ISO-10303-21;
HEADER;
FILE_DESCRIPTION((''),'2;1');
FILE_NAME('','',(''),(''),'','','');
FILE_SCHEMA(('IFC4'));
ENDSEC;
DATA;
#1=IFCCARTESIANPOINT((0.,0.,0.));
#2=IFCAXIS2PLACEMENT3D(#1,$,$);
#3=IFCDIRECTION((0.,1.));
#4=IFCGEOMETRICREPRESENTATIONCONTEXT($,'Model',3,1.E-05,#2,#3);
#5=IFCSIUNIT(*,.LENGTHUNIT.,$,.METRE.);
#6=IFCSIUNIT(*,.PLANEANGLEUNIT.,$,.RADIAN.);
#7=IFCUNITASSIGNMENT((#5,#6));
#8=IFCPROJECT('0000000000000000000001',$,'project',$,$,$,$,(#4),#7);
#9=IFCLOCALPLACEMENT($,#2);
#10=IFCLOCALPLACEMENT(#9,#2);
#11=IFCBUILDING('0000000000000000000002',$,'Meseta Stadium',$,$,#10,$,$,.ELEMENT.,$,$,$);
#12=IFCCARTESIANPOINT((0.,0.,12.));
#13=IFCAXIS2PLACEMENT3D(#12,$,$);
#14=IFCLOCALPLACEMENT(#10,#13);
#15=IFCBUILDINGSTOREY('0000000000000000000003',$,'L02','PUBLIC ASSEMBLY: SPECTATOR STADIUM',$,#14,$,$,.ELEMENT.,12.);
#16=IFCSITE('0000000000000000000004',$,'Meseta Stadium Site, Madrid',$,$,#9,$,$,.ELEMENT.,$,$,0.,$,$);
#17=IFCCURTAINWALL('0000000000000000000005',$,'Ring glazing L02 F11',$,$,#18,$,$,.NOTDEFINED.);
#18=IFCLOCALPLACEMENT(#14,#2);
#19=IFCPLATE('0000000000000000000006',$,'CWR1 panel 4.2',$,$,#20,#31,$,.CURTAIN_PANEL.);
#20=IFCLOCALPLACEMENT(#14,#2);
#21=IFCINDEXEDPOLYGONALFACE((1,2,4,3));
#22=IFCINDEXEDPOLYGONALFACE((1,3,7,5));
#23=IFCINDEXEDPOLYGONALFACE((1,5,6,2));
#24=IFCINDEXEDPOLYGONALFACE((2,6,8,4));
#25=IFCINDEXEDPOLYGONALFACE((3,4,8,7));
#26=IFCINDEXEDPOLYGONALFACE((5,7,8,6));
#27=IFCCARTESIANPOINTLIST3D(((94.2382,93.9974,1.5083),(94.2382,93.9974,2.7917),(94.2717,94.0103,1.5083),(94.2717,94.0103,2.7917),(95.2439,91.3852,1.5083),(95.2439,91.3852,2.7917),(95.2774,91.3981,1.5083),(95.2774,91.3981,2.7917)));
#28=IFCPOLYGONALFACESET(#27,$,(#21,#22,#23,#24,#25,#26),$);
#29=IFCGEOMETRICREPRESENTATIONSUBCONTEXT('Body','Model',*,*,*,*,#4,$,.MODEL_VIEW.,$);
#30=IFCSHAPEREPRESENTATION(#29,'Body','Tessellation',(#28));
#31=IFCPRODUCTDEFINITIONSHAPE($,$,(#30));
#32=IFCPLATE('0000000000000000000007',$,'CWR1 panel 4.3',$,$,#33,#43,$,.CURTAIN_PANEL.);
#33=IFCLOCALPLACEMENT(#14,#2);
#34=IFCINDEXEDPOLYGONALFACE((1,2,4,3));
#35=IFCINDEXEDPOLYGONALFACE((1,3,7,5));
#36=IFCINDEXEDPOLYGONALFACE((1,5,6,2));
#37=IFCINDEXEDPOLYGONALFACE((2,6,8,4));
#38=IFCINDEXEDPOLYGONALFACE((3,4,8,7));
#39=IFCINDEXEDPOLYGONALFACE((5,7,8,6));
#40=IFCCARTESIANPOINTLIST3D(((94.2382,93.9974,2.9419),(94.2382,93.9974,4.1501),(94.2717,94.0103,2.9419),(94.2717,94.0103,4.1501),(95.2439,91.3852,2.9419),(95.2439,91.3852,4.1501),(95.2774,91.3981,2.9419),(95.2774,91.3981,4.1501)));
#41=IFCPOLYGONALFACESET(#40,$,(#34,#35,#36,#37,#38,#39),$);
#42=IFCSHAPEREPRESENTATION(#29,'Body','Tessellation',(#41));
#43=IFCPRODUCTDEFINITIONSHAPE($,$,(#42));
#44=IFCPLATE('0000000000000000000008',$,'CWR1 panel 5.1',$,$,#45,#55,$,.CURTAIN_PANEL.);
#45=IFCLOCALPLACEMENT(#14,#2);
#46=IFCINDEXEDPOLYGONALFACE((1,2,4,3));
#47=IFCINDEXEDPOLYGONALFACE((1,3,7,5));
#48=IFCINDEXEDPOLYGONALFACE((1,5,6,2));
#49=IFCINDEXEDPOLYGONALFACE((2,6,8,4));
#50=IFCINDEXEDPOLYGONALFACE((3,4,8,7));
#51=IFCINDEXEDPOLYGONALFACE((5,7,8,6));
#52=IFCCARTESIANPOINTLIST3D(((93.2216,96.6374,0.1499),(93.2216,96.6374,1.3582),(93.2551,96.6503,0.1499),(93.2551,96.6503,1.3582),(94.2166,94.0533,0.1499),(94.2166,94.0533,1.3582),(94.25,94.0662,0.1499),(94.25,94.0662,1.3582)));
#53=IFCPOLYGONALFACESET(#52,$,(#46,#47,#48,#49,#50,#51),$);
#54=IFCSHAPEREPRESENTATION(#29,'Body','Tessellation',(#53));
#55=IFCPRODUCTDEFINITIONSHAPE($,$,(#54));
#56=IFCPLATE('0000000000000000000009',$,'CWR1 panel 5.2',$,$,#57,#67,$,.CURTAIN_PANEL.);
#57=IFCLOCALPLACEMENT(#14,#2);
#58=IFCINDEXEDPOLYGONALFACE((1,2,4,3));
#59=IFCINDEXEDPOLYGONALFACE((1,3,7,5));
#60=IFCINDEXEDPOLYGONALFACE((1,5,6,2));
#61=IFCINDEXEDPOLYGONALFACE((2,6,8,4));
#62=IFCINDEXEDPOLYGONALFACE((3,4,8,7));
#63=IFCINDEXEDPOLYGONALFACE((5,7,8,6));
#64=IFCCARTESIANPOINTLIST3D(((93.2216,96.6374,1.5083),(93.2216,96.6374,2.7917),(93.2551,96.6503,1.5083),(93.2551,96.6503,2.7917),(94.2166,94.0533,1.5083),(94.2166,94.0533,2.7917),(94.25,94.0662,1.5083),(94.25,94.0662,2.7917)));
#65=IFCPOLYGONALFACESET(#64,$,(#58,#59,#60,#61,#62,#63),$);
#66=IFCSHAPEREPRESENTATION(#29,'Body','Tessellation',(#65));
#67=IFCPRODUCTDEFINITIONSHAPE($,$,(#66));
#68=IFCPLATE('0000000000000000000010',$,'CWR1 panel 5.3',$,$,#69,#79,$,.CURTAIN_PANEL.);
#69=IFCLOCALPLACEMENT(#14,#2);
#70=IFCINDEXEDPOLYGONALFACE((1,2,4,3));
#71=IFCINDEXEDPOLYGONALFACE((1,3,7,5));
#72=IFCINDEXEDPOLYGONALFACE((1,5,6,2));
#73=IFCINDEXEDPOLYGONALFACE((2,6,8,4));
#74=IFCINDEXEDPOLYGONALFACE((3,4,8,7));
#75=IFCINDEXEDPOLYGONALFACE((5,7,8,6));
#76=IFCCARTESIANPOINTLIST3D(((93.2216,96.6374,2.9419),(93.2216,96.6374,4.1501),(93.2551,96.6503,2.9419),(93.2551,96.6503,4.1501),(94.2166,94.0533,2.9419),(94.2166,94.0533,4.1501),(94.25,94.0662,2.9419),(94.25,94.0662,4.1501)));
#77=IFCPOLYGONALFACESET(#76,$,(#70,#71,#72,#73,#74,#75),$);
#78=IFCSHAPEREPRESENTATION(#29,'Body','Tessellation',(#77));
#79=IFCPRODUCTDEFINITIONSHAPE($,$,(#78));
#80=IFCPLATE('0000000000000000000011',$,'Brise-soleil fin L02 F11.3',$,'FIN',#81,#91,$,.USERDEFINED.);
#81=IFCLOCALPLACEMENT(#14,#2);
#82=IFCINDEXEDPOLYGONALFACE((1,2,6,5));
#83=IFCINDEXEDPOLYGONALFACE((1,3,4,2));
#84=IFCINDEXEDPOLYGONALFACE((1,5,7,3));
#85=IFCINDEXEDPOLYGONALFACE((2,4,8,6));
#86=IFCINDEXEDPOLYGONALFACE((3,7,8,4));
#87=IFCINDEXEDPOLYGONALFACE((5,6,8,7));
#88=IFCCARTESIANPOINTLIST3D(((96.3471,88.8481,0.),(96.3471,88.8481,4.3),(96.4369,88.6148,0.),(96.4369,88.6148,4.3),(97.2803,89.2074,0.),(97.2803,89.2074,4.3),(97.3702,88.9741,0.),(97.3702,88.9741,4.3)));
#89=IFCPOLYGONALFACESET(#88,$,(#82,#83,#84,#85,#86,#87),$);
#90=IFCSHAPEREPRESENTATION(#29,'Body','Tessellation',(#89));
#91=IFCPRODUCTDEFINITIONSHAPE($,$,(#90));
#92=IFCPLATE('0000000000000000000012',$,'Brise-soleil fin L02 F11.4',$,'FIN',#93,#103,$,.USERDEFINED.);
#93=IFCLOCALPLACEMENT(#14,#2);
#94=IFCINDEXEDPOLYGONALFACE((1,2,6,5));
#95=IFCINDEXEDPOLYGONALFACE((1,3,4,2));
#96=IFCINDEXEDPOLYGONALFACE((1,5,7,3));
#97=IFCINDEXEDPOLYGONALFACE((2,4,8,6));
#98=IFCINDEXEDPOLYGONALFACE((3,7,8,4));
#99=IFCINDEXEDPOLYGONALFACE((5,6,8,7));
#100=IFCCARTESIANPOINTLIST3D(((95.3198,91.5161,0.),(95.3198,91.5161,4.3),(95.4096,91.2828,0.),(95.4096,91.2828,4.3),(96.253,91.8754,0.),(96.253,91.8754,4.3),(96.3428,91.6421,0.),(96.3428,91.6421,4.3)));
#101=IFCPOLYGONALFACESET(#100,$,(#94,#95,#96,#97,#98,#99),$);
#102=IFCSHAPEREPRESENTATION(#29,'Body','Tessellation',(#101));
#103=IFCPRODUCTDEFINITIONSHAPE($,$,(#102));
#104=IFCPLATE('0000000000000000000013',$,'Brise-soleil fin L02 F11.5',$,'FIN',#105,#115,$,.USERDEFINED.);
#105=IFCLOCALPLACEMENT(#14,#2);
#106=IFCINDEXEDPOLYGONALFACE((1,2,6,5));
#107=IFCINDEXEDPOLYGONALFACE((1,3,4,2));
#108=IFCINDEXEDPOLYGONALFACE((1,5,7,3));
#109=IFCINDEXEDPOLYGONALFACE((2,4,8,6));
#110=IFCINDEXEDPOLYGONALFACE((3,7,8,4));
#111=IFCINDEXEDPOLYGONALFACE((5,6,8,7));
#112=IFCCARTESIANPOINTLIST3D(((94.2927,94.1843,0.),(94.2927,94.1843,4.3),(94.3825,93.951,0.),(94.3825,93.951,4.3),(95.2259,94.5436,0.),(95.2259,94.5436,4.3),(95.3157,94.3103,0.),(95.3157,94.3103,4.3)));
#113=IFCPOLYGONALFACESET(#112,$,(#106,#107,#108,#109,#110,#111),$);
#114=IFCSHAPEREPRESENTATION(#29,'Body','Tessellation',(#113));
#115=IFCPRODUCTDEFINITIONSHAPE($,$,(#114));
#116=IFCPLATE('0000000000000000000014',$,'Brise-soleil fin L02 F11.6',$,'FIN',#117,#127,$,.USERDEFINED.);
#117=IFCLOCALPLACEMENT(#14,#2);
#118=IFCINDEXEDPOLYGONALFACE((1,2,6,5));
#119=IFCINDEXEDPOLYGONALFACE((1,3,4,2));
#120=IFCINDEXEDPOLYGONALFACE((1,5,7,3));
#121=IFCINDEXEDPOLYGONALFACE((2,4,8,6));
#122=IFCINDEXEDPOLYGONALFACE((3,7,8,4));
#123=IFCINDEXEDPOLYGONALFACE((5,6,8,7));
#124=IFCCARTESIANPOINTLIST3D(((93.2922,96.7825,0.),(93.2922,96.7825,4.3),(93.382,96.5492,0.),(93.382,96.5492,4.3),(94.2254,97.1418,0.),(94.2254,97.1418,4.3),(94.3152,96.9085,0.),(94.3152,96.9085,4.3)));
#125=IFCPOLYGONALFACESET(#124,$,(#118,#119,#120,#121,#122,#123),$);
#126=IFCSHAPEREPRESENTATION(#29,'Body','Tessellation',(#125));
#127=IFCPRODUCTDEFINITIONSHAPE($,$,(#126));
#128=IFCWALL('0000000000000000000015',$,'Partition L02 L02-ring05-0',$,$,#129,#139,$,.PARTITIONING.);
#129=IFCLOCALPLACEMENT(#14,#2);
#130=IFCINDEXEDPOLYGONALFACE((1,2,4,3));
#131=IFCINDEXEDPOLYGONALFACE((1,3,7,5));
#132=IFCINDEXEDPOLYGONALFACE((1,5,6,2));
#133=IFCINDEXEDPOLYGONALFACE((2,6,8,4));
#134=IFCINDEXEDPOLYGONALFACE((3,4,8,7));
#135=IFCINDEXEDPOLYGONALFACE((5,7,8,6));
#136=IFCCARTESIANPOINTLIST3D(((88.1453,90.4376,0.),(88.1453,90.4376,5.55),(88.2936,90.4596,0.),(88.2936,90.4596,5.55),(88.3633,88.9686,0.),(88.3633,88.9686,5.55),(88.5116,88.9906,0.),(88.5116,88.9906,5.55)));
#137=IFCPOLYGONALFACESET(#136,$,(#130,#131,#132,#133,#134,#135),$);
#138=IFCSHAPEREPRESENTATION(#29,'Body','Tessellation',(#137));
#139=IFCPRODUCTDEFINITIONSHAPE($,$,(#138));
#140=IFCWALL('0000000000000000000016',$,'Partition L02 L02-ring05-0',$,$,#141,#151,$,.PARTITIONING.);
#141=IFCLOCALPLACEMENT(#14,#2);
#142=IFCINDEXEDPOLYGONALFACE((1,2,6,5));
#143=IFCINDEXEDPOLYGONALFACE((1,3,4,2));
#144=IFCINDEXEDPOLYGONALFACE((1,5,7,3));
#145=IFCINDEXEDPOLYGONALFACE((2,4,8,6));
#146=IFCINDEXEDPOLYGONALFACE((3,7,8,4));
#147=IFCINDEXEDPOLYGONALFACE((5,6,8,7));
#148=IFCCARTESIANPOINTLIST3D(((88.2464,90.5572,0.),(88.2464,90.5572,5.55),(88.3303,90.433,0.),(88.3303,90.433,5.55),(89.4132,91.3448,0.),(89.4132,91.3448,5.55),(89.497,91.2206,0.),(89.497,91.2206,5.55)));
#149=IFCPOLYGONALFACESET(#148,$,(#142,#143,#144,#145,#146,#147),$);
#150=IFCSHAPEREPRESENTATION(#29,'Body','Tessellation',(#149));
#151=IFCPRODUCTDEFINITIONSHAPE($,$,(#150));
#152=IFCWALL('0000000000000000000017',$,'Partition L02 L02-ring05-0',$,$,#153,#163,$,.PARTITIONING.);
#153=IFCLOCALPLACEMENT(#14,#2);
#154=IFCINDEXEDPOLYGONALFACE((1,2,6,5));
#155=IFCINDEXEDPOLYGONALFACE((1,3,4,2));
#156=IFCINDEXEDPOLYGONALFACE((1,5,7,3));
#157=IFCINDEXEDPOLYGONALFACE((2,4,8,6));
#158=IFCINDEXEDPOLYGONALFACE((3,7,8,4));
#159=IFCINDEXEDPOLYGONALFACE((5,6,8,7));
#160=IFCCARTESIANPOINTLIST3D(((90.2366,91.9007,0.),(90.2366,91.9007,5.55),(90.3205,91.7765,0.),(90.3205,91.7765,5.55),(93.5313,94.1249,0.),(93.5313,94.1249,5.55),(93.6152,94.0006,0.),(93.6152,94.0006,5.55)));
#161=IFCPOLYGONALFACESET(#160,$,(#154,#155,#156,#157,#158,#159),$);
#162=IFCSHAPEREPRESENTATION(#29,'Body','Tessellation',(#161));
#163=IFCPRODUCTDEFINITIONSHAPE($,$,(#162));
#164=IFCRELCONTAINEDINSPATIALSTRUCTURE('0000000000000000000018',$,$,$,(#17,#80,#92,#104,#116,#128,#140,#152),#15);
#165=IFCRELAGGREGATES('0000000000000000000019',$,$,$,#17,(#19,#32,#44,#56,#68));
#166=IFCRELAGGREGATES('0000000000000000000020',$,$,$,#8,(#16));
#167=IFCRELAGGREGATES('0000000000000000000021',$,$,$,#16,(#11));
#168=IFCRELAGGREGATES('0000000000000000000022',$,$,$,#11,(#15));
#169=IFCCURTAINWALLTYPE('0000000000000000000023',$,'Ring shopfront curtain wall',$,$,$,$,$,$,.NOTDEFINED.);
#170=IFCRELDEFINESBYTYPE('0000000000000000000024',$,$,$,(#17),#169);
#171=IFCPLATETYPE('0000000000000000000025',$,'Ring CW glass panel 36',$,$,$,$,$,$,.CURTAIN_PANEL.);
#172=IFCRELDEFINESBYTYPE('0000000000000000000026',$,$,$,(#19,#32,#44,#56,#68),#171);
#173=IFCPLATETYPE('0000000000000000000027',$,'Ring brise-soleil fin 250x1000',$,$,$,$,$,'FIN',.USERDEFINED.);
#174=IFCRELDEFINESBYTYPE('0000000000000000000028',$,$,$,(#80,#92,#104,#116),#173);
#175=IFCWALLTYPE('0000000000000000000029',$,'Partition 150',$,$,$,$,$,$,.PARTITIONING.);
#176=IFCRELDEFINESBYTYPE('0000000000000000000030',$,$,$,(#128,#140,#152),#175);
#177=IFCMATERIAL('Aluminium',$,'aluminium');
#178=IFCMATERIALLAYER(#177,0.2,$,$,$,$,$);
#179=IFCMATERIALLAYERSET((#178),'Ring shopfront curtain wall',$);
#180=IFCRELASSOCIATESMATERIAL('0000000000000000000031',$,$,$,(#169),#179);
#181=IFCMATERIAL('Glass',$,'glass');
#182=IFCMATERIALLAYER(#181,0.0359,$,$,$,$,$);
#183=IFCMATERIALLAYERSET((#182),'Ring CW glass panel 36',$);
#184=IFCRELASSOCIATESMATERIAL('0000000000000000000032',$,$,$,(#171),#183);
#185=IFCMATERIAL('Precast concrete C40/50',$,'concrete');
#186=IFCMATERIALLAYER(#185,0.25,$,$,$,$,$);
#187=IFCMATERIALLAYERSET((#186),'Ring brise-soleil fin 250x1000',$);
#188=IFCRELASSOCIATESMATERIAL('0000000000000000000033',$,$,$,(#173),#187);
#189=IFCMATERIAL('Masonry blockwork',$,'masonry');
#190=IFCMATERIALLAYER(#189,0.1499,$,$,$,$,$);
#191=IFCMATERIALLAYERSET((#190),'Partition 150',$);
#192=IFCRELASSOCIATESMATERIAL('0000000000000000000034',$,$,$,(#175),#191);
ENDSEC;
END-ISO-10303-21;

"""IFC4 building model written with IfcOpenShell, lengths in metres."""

from ifc_helpers import new_model, si_unit, direction, frame, frame_2d, origin, origin_2d, place, context, subcontext, project, spatial, rectangle, extrude, material, layer, layer_set, type_object, element, aggregate, save


model = new_model("IFC4")

# Units and contexts
model_context = context("Model", 3, precision=1e-05, world=origin(), true_north=direction((0.0, 1.0)))
body_context = subcontext(model_context, "Body", "Model", "MODEL_VIEW")
ifc_project = project(units=[si_unit("LENGTHUNIT", "METRE"), si_unit("PLANEANGLEUNIT", "RADIAN")], contexts=[model_context])

# Site, building, storey
site_placement = place(None, origin())
site = spatial("IfcSite", under=ifc_project, at=site_placement, Name="Meseta Stadium Site, Madrid", CompositionType="ELEMENT", RefElevation=0.0)
building_placement = place(site_placement, origin())
building = spatial("IfcBuilding", under=site, at=building_placement, Name="Meseta Stadium", CompositionType="ELEMENT")
storey_placement = place(building_placement, frame((0.0, 0.0, 12.0)))
storey = spatial("IfcBuildingStorey", under=building, at=storey_placement, Name="L02", Description="PUBLIC ASSEMBLY: SPECTATOR STADIUM", CompositionType="ELEMENT", Elevation=12.0)

# Curtain wall, plates
ifc_material_1 = material(Name="Aluminium", Category="aluminium")
ifc_layer_1 = layer(ifc_material_1, 0.2)
ifc_layer_set_1 = layer_set([ifc_layer_1], Name="Ring shopfront curtain wall")
curtain_wall_type = type_object("IfcCurtainWallType", Name="Ring shopfront curtain wall", PredefinedType="NOTDEFINED", material=ifc_layer_set_1)
curtain_wall_placement = place(storey_placement, origin())
curtain_wall = element("IfcCurtainWall", 1, at=curtain_wall_placement, inside=storey, type_object=curtain_wall_type, Name="Ring glazing L02 F11", PredefinedType="NOTDEFINED")
ifc_material_2 = material(Name="Glass", Category="glass")
ifc_layer_2 = layer(ifc_material_2, 0.0359)
ifc_layer_set_2 = layer_set([ifc_layer_2], Name="Ring CW glass panel 36")
plate_type_1 = type_object("IfcPlateType", Name="Ring CW glass panel 36", PredefinedType="CURTAIN_PANEL", material=ifc_layer_set_2)
plate_1_placement = place(storey_placement, frame((94.7578, 92.6978, 1.5083), z_axis=(0.0, 0.0, 1.0), x_axis=(-0.359302, 0.933221, 0.0)))
plate_1 = element("IfcPlate", 2, at=plate_1_placement, type_object=plate_type_1, Name="CWR1 panel 4.2", PredefinedType="CURTAIN_PANEL", context=body_context, shape_type="SweptSolid", body=[
    extrude(rectangle(XDim=2.7991, YDim=0.0359, at=origin_2d()), origin(), (0.0, 0.0, 1.0), 1.2834),
])
plate_2_placement = place(storey_placement, frame((94.7578, 92.6978, 2.9419), z_axis=(0.0, 0.0, 1.0), x_axis=(-0.359302, 0.933221, 0.0)))
plate_2 = element("IfcPlate", 3, at=plate_2_placement, type_object=plate_type_1, Name="CWR1 panel 4.3", PredefinedType="CURTAIN_PANEL", context=body_context, shape_type="SweptSolid", body=[
    extrude(rectangle(XDim=2.7991, YDim=0.0359, at=origin_2d()), origin(), (0.0, 0.0, 1.0), 1.2083),
])
plate_3_placement = place(storey_placement, frame((93.7358, 95.3518, 0.1499), z_axis=(0.0, 0.0, 1.0), x_axis=(-0.359302, 0.933221, 0.0)))
plate_3 = element("IfcPlate", 4, at=plate_3_placement, type_object=plate_type_1, Name="CWR1 panel 5.1", PredefinedType="CURTAIN_PANEL", context=body_context, shape_type="SweptSolid", body=[
    extrude(rectangle(XDim=2.769, YDim=0.0359, at=origin_2d()), origin(), (0.0, 0.0, 1.0), 1.2083),
])
plate_4_placement = place(storey_placement, frame((93.7358, 95.3518, 1.5083), z_axis=(0.0, 0.0, 1.0), x_axis=(-0.359302, 0.933221, 0.0)))
plate_4 = element("IfcPlate", 5, at=plate_4_placement, type_object=plate_type_1, Name="CWR1 panel 5.2", PredefinedType="CURTAIN_PANEL", context=body_context, shape_type="SweptSolid", body=[
    extrude(rectangle(XDim=2.769, YDim=0.0359, at=origin_2d()), origin(), (0.0, 0.0, 1.0), 1.2834),
])
plate_5_placement = place(storey_placement, frame((93.7358, 95.3518, 2.9419), z_axis=(0.0, 0.0, 1.0), x_axis=(-0.359302, 0.933221, 0.0)))
plate_5 = element("IfcPlate", 6, at=plate_5_placement, type_object=plate_type_1, Name="CWR1 panel 5.3", PredefinedType="CURTAIN_PANEL", context=body_context, shape_type="SweptSolid", body=[
    extrude(rectangle(XDim=2.769, YDim=0.0359, at=origin_2d()), origin(), (0.0, 0.0, 1.0), 1.2083),
])
aggregate(curtain_wall, [plate_1, plate_2, plate_3, plate_4, plate_5])

# Plates
ifc_material_3 = material(Name="Precast concrete C40/50", Category="concrete")
ifc_layer_3 = layer(ifc_material_3, 0.25)
ifc_layer_set_3 = layer_set([ifc_layer_3], Name="Ring brise-soleil fin 250x1000")
plate_type_2 = type_object("IfcPlateType", Name="Ring brise-soleil fin 250x1000", ElementType="FIN", PredefinedType="USERDEFINED", material=ifc_layer_set_3)
for number, where, z_axis, x_axis, name in (
    (7, (96.8586, 88.9111, 0.0), (0.0, 0.0, 1.0), (-0.359298, 0.933223, 0.0), "Brise-soleil fin L02 F11.3"),
    (8, (95.8313, 91.5791, 0.0), (0.0, 0.0, 1.0), (-0.359298, 0.933223, 0.0), "Brise-soleil fin L02 F11.4"),
    (9, (94.8042, 94.2473, 0.0), (0.0, 0.0, 1.0), (-0.359298, 0.933223, 0.0), "Brise-soleil fin L02 F11.5"),
    (10, (93.8037, 96.8455, 0.0), (0.0, 0.0, 1.0), (-0.359298, 0.933223, 0.0), "Brise-soleil fin L02 F11.6"),
):
    element("IfcPlate", number, at=place(storey_placement, frame(where, z_axis=z_axis, x_axis=x_axis)), inside=storey, type_object=plate_type_2, Name=name, ObjectType="FIN", PredefinedType="USERDEFINED", context=body_context, shape_type="SweptSolid", body=[
        extrude(rectangle(XDim=0.25, YDim=1.0, at=origin_2d()), origin(), (0.0, 0.0, 1.0), 4.3),
    ])

# Walls
ifc_material_4 = material(Name="Masonry blockwork", Category="masonry")
ifc_layer_4 = layer(ifc_material_4, 0.1499)
ifc_layer_set_4 = layer_set([ifc_layer_4], Name="Partition 150")
wall_type = type_object("IfcWallType", Name="Partition 150", PredefinedType="PARTITIONING", material=ifc_layer_set_4)
wall_1_placement = place(storey_placement, frame((88.4375, 88.9795, 0.0), z_axis=(0.0, 0.0, 1.0), x_axis=(-0.146805, 0.989165, 0.0)))
element("IfcWall", 11, at=wall_1_placement, inside=storey, type_object=wall_type, Name="Partition L02 L02-ring05-0", PredefinedType="PARTITIONING", context=body_context, shape_type="SweptSolid", body=[
    extrude(rectangle(XDim=1.4851, YDim=0.1499, at=frame_2d((0.7427, 0.0))), origin(), (0.0, 0.0, 1.0), 5.55),
])
wall_2_placement = place(storey_placement, frame((88.2883, 90.4951, 0.0), z_axis=(0.0, 0.0, 1.0), x_axis=(0.828835, 0.559494, 0.0)))
element("IfcWall", 12, at=wall_2_placement, inside=storey, type_object=wall_type, Name="Partition L02 L02-ring05-0", PredefinedType="PARTITIONING", context=body_context, shape_type="SweptSolid", body=[
    extrude(rectangle(XDim=1.4077, YDim=0.1499, at=frame_2d((0.7039, 0.0))), origin(), (0.0, 0.0, 1.0), 5.55),
])
wall_3_placement = place(storey_placement, frame((90.2786, 91.8386, 0.0), z_axis=(0.0, 0.0, 1.0), x_axis=(0.828824, 0.55951, 0.0)))
element("IfcWall", 13, at=wall_3_placement, inside=storey, type_object=wall_type, Name="Partition L02 L02-ring05-0", PredefinedType="PARTITIONING", context=body_context, shape_type="SweptSolid", body=[
    extrude(rectangle(XDim=3.9751, YDim=0.1499, at=frame_2d((1.9875, 0.0))), origin(), (0.0, 0.0, 1.0), 5.55),
])

save(model, "model.ifc")
